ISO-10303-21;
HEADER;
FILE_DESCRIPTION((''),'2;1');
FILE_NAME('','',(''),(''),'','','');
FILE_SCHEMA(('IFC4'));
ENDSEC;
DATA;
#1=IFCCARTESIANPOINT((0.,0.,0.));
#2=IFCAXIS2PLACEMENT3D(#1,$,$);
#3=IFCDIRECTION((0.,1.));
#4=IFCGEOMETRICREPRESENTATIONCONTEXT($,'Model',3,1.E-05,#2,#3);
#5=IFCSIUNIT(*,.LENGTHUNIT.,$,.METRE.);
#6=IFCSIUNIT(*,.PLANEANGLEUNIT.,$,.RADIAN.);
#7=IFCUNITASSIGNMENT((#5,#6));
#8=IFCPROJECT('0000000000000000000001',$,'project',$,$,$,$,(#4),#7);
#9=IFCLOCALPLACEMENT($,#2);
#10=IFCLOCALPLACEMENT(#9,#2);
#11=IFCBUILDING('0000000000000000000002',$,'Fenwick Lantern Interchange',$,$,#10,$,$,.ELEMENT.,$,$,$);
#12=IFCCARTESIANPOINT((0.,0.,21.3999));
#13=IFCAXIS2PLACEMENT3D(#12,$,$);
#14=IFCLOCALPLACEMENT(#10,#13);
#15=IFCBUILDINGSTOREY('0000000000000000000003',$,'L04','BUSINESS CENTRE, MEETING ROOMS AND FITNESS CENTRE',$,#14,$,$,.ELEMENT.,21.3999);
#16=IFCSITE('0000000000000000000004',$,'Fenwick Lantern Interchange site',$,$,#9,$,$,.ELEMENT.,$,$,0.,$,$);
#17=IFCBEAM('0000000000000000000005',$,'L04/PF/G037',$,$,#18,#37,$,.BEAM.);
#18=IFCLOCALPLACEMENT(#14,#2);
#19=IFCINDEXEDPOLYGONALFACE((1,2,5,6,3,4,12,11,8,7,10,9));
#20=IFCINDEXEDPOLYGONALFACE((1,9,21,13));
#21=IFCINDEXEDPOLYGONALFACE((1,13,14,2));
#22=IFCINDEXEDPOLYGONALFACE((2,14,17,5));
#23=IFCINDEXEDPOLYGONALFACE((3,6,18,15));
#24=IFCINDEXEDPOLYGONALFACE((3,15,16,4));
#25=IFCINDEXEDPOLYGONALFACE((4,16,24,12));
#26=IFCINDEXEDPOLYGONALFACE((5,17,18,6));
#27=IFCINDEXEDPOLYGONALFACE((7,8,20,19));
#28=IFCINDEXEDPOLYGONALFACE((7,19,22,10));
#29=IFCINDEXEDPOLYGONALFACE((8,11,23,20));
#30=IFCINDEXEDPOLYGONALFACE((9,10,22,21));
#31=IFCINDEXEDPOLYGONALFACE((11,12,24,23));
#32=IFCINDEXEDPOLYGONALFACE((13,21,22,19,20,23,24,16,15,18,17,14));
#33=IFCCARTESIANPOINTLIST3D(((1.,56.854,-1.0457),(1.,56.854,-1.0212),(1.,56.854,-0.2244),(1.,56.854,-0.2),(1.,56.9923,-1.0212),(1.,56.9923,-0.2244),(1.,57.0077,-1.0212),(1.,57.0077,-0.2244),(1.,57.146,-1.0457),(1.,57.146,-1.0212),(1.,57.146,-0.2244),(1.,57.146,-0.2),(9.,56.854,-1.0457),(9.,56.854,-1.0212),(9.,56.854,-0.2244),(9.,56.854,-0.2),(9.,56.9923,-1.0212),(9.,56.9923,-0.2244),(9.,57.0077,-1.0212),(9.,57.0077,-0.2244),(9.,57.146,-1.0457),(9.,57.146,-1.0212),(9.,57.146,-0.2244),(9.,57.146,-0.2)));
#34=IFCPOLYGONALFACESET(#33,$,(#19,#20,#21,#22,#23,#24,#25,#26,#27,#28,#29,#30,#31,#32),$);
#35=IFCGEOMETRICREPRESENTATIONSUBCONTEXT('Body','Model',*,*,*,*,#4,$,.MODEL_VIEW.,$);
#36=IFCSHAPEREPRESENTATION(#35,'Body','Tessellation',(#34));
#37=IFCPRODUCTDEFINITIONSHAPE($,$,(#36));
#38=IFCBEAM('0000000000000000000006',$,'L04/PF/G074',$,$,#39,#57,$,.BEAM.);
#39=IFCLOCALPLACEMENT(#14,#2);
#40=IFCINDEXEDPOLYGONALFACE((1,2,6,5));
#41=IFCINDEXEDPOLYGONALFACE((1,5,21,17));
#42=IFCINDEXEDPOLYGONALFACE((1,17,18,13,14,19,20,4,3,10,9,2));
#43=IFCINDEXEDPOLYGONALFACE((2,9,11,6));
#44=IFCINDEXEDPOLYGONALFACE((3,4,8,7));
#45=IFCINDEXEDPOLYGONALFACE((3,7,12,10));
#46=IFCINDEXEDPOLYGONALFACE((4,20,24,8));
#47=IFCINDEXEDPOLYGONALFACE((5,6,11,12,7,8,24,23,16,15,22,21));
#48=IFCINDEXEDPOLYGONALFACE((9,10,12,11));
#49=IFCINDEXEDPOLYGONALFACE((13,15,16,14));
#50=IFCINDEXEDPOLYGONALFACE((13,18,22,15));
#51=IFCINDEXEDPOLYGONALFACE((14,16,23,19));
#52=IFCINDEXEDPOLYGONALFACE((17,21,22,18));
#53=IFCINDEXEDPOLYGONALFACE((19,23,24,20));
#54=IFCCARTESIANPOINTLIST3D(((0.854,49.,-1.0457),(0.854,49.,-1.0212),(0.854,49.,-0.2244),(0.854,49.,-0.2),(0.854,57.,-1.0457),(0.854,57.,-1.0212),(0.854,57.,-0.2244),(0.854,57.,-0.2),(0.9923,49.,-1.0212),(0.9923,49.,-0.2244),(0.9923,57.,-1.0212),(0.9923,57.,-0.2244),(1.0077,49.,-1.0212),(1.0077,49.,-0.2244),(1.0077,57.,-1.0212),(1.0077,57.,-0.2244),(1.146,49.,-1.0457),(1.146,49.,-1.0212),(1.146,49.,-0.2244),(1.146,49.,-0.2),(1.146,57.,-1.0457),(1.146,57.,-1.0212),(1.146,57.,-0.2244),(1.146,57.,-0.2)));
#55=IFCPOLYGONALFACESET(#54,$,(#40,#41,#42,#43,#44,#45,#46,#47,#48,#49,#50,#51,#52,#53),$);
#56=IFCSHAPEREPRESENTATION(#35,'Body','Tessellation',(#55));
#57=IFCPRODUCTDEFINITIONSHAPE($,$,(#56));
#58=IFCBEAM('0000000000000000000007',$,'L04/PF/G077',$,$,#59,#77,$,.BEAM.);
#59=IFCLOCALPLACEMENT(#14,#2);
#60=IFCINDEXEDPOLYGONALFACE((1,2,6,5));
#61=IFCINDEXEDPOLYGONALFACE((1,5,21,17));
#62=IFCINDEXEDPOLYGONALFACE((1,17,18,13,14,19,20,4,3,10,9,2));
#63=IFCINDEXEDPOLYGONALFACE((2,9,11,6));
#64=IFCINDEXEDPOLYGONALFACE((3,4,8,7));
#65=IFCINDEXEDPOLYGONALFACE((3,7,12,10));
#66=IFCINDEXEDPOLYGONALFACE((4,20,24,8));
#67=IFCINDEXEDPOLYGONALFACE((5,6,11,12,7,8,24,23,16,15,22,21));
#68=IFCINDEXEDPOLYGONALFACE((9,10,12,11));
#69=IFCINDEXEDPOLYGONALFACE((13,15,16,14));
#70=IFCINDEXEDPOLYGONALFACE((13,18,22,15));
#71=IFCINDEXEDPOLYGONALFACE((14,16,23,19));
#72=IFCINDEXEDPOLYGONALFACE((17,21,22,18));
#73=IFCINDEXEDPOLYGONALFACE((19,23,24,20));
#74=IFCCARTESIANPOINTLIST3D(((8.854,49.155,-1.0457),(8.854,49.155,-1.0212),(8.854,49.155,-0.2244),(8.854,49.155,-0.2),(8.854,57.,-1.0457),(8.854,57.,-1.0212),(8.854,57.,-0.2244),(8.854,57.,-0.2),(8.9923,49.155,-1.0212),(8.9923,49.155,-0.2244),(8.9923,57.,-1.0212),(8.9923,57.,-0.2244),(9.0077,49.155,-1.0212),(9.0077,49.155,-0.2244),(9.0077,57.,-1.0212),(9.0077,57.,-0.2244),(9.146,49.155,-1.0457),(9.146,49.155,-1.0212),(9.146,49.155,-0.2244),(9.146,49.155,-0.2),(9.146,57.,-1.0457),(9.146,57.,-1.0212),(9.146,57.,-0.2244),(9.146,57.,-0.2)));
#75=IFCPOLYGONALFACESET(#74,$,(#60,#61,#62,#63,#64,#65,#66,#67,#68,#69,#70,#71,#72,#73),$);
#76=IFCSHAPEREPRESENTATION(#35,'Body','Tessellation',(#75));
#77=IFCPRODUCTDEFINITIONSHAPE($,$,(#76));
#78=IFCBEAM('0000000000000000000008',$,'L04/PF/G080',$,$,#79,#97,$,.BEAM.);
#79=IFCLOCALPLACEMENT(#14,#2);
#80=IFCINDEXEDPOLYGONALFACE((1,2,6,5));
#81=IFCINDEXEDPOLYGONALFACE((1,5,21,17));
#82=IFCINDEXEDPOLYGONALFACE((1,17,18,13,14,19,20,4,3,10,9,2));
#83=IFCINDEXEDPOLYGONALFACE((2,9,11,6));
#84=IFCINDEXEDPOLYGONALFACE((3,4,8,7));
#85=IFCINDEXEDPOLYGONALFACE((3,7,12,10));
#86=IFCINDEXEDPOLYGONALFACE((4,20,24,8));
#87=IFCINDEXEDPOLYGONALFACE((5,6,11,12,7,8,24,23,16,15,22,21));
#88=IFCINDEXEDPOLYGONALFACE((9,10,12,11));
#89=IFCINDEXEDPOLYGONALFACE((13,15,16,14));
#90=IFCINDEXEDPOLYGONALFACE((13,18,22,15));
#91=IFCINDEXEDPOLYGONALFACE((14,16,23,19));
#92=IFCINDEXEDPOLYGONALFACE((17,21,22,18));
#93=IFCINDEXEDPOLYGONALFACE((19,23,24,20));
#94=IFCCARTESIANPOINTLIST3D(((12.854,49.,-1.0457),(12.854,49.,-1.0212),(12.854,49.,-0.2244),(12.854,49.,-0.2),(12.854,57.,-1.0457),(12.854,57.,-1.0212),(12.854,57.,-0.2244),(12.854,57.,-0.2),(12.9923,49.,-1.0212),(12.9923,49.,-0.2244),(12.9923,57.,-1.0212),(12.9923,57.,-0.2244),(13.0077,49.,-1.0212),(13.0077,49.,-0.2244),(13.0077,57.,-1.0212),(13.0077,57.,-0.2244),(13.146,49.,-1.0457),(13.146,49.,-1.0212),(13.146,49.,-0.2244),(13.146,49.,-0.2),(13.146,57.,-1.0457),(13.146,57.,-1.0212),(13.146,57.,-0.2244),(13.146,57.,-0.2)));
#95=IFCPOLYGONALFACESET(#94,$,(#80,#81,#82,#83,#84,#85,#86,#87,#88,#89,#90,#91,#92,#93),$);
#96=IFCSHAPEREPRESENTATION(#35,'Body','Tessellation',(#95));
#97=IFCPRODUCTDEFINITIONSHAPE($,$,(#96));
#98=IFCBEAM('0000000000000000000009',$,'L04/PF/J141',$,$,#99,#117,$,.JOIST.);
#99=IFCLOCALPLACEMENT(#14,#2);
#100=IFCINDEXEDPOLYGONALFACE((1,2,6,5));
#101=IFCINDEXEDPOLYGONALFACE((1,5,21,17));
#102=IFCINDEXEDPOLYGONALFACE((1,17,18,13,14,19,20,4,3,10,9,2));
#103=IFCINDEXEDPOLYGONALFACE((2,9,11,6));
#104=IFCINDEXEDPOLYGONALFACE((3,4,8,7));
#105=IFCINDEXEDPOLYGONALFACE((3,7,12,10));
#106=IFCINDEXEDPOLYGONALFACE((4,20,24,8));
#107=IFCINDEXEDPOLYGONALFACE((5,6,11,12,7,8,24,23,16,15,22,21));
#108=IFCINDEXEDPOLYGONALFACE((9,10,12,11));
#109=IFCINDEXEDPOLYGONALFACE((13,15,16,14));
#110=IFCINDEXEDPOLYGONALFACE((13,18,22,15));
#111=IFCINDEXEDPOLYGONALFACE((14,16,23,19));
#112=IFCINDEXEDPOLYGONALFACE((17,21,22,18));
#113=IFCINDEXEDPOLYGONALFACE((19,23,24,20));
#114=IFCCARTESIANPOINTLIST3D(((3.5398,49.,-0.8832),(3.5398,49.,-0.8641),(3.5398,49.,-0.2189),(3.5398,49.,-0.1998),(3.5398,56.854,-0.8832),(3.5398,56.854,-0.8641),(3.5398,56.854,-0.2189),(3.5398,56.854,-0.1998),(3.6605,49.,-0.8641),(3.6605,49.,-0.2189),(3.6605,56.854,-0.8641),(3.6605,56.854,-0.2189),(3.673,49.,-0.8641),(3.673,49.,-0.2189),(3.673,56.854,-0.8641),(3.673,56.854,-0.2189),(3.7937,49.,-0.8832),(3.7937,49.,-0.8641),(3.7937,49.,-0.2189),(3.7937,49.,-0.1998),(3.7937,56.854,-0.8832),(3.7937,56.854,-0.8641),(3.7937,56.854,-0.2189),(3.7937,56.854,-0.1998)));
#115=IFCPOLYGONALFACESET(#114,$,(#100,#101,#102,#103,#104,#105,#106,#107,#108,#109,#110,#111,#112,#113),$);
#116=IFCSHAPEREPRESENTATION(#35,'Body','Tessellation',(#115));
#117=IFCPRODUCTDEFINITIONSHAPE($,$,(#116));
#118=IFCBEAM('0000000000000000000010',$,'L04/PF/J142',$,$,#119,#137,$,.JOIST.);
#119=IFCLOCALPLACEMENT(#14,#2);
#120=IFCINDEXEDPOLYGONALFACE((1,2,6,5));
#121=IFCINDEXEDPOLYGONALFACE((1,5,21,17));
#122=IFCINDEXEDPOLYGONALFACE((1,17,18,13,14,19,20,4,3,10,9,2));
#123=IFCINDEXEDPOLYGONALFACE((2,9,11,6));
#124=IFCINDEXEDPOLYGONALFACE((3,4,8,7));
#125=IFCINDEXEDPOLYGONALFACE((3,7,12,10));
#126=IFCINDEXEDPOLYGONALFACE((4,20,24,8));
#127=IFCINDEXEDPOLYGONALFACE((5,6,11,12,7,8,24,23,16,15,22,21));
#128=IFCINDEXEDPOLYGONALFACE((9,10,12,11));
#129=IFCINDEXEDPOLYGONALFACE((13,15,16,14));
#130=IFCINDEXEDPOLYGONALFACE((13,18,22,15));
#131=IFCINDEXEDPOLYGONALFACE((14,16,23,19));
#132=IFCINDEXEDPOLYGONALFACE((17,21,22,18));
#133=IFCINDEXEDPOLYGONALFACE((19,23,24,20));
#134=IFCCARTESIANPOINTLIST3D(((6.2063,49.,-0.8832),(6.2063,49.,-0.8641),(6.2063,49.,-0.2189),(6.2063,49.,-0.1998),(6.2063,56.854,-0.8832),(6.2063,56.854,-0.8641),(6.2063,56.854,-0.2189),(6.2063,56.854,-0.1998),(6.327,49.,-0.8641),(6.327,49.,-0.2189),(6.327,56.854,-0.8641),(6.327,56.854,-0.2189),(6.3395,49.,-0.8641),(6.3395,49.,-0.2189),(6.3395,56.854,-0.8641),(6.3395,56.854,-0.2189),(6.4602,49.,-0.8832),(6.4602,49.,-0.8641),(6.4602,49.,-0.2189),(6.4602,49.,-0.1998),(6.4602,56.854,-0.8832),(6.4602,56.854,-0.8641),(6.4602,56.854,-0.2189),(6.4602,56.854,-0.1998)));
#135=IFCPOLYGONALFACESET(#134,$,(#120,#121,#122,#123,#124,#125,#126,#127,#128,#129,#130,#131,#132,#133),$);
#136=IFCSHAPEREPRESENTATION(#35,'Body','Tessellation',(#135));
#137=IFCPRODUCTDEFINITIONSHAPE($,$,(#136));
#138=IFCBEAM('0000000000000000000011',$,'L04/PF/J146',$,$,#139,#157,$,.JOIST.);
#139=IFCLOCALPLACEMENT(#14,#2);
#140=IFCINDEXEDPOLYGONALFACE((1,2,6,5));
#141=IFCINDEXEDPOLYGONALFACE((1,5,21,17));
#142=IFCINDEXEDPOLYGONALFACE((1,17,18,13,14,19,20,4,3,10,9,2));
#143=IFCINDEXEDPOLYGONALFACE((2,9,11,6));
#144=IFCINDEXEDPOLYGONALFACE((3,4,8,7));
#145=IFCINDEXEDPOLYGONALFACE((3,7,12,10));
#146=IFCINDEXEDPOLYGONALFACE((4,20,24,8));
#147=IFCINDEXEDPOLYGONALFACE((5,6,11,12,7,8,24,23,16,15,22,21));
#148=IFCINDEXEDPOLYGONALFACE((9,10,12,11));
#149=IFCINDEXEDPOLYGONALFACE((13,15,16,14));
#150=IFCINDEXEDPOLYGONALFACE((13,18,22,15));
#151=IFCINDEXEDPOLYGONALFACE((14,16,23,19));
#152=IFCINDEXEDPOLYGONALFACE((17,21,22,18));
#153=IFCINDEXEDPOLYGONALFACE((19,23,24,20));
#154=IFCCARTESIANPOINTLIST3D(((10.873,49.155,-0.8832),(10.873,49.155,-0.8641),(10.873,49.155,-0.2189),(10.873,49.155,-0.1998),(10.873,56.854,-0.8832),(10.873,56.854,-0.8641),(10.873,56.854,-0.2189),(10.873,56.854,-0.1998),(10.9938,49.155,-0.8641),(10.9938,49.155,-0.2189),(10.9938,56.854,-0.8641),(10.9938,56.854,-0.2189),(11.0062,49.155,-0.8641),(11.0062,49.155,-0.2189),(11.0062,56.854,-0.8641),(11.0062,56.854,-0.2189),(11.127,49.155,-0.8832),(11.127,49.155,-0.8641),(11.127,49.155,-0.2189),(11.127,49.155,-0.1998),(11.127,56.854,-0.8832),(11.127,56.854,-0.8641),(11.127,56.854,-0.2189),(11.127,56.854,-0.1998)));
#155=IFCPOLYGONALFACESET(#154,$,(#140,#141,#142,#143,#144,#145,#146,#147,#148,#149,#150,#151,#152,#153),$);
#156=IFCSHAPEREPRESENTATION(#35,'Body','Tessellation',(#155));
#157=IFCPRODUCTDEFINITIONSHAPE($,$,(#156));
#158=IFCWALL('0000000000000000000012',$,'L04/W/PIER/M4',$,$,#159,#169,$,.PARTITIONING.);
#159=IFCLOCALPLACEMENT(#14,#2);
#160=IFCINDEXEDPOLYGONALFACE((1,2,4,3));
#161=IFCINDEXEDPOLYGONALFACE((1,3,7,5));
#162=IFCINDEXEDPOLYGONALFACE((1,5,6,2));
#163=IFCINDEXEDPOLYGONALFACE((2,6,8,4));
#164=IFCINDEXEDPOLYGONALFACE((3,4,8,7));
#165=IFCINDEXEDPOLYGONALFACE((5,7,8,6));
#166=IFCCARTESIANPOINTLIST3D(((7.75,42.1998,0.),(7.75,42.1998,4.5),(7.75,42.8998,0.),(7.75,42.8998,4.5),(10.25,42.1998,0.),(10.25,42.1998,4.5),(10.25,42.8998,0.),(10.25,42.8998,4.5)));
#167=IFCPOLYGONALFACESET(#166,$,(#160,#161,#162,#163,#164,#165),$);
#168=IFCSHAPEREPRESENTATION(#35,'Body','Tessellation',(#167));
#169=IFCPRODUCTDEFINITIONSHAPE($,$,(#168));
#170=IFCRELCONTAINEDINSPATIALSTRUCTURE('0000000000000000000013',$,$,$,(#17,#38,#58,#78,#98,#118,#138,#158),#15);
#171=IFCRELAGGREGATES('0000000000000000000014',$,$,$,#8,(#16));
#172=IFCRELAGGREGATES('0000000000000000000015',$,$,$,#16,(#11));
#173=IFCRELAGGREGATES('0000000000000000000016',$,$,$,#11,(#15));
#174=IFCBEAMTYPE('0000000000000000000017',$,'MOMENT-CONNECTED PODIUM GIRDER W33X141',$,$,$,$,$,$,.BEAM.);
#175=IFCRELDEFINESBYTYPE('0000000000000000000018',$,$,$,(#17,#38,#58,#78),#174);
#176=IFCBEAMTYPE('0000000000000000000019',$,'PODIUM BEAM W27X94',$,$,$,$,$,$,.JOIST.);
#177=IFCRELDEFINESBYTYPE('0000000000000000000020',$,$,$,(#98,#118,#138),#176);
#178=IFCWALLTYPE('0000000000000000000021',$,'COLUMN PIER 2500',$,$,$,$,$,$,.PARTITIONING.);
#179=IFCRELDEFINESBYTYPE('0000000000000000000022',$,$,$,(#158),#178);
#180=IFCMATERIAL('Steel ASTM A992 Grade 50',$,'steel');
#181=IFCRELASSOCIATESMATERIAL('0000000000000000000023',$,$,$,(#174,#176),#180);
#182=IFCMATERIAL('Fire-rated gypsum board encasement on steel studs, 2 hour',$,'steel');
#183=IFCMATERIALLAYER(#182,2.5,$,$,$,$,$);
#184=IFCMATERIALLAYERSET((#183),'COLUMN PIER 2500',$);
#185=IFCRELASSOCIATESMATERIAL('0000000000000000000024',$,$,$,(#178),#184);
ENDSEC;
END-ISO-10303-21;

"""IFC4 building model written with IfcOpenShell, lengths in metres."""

from ifc_helpers import new_model, si_unit, direction, frame, frame_2d, origin, origin_2d, place, context, subcontext, project, spatial, rectangle, i_section, extrude, material, layer, layer_set, material_profile, profile_set, type_object, element, save


model = new_model("IFC4")

# Units and contexts
model_context = context("Model", 3, precision=1e-05, world=origin(), true_north=direction((0.0, 1.0)))
body_context = subcontext(model_context, "Body", "Model", "MODEL_VIEW")
ifc_project = project(units=[si_unit("LENGTHUNIT", "METRE"), si_unit("PLANEANGLEUNIT", "RADIAN")], contexts=[model_context])

# Site, building, storey
site_placement = place(None, origin())
site = spatial("IfcSite", under=ifc_project, at=site_placement, Name="Fenwick Lantern Interchange site", CompositionType="ELEMENT", RefElevation=0.0)
building_placement = place(site_placement, origin())
building = spatial("IfcBuilding", under=site, at=building_placement, Name="Fenwick Lantern Interchange", CompositionType="ELEMENT")
storey_placement = place(building_placement, frame((0.0, 0.0, 21.3999)))
storey = spatial("IfcBuildingStorey", under=building, at=storey_placement, Name="L04", Description="BUSINESS CENTRE, MEETING ROOMS AND FITNESS CENTRE", CompositionType="ELEMENT", Elevation=21.3999)

# Shared definitions
ifc_material_1 = material(Name="Steel ASTM A992 Grade 50", Category="steel")

# Beams
ifc_material_profile_1 = material_profile(ifc_material_1, i_section(OverallWidth=0.292, OverallDepth=0.8457, WebThickness=0.0154, FlangeThickness=0.0244, at=origin_2d()), Name="W33X141")
ifc_profile_set_1 = profile_set([ifc_material_profile_1], Name="Steel ASTM A992 Grade 50")
beam_type_1 = type_object("IfcBeamType", Name="MOMENT-CONNECTED PODIUM GIRDER W33X141", PredefinedType="BEAM", material=ifc_profile_set_1)
for number, where, z_axis, x_axis, name in (
    (1, (1.0, 57.0, -0.6228), (1.0, 0.0, 0.0), (0.0, 1.0, 0.0), "L04/PF/G037"),
    (2, (1.0, 49.0, -0.6228), (0.0, 1.0, 0.0), (-1.0, 0.0, 0.0), "L04/PF/G074"),
):
    element("IfcBeam", number, at=place(storey_placement, frame(where, z_axis=z_axis, x_axis=x_axis)), inside=storey, type_object=beam_type_1, Name=name, PredefinedType="BEAM", context=body_context, shape_type="SweptSolid", body=[
        extrude(i_section(OverallWidth=0.292, OverallDepth=0.8457, WebThickness=0.0154, FlangeThickness=0.0244, at=origin_2d()), origin(), (0.0, 0.0, 1.0), 8.0),
    ])
beam_1_placement = place(storey_placement, frame((9.0, 49.155, -0.6228), z_axis=(0.0, 1.0, 0.0), x_axis=(-1.0, 0.0, 0.0)))
element("IfcBeam", 3, at=beam_1_placement, inside=storey, type_object=beam_type_1, Name="L04/PF/G077", PredefinedType="BEAM", context=body_context, shape_type="SweptSolid", body=[
    extrude(i_section(OverallWidth=0.292, OverallDepth=0.8457, WebThickness=0.0154, FlangeThickness=0.0244, at=origin_2d()), origin(), (0.0, 0.0, 1.0), 7.845),
])
beam_2_placement = place(storey_placement, frame((13.0, 49.0, -0.6228), z_axis=(0.0, 1.0, 0.0), x_axis=(-1.0, 0.0, 0.0)))
element("IfcBeam", 4, at=beam_2_placement, inside=storey, type_object=beam_type_1, Name="L04/PF/G080", PredefinedType="BEAM", context=body_context, shape_type="SweptSolid", body=[
    extrude(i_section(OverallWidth=0.292, OverallDepth=0.8457, WebThickness=0.0154, FlangeThickness=0.0244, at=origin_2d()), origin(), (0.0, 0.0, 1.0), 8.0),
])
ifc_material_profile_2 = material_profile(ifc_material_1, i_section(OverallWidth=0.2539, OverallDepth=0.6833, WebThickness=0.0125, FlangeThickness=0.019, at=origin_2d()), Name="W27X94")
ifc_profile_set_2 = profile_set([ifc_material_profile_2], Name="Steel ASTM A992 Grade 50")
beam_type_2 = type_object("IfcBeamType", Name="PODIUM BEAM W27X94", PredefinedType="JOIST", material=ifc_profile_set_2)
for number, where, z_axis, x_axis, name in (
    (5, (3.6667, 49.0, -0.5415), (0.0, 1.0, 0.0), (-1.0, 0.0, 0.0), "L04/PF/J141"),
    (6, (6.3333, 49.0, -0.5415), (0.0, 1.0, 0.0), (-1.0, 0.0, 0.0), "L04/PF/J142"),
):
    element("IfcBeam", number, at=place(storey_placement, frame(where, z_axis=z_axis, x_axis=x_axis)), inside=storey, type_object=beam_type_2, Name=name, PredefinedType="JOIST", context=body_context, shape_type="SweptSolid", body=[
        extrude(i_section(OverallWidth=0.2539, OverallDepth=0.6833, WebThickness=0.0125, FlangeThickness=0.019, at=origin_2d()), origin(), (0.0, 0.0, 1.0), 7.854),
    ])
beam_3_placement = place(storey_placement, frame((11.0, 49.155, -0.5415), z_axis=(0.0, 1.0, 0.0), x_axis=(-1.0, 0.0, 0.0)))
element("IfcBeam", 7, at=beam_3_placement, inside=storey, type_object=beam_type_2, Name="L04/PF/J146", PredefinedType="JOIST", context=body_context, shape_type="SweptSolid", body=[
    extrude(i_section(OverallWidth=0.2539, OverallDepth=0.6833, WebThickness=0.0125, FlangeThickness=0.019, at=origin_2d()), origin(), (0.0, 0.0, 1.0), 7.699),
])

# Wall
ifc_material_2 = material(Name="Fire-rated gypsum board encasement on steel studs, 2 hour", Category="steel")
ifc_layer_1 = layer(ifc_material_2, 2.5)
ifc_layer_set_1 = layer_set([ifc_layer_1], Name="COLUMN PIER 2500")
wall_type_1 = type_object("IfcWallType", Name="COLUMN PIER 2500", PredefinedType="PARTITIONING", material=ifc_layer_set_1)
wall_1_placement = place(storey_placement, frame((9.0, 42.8999, 0.0), z_axis=(0.0, 0.0, 1.0), x_axis=(0.0, -1.0, 0.0)))
element("IfcWall", 8, at=wall_1_placement, inside=storey, type_object=wall_type_1, Name="L04/W/PIER/M4", PredefinedType="PARTITIONING", context=body_context, shape_type="SweptSolid", body=[
    extrude(rectangle(XDim=0.7, YDim=2.5, at=frame_2d((0.3501, 0.0))), origin(), (0.0, 0.0, 1.0), 4.5),
])

save(model, "model.ifc")
